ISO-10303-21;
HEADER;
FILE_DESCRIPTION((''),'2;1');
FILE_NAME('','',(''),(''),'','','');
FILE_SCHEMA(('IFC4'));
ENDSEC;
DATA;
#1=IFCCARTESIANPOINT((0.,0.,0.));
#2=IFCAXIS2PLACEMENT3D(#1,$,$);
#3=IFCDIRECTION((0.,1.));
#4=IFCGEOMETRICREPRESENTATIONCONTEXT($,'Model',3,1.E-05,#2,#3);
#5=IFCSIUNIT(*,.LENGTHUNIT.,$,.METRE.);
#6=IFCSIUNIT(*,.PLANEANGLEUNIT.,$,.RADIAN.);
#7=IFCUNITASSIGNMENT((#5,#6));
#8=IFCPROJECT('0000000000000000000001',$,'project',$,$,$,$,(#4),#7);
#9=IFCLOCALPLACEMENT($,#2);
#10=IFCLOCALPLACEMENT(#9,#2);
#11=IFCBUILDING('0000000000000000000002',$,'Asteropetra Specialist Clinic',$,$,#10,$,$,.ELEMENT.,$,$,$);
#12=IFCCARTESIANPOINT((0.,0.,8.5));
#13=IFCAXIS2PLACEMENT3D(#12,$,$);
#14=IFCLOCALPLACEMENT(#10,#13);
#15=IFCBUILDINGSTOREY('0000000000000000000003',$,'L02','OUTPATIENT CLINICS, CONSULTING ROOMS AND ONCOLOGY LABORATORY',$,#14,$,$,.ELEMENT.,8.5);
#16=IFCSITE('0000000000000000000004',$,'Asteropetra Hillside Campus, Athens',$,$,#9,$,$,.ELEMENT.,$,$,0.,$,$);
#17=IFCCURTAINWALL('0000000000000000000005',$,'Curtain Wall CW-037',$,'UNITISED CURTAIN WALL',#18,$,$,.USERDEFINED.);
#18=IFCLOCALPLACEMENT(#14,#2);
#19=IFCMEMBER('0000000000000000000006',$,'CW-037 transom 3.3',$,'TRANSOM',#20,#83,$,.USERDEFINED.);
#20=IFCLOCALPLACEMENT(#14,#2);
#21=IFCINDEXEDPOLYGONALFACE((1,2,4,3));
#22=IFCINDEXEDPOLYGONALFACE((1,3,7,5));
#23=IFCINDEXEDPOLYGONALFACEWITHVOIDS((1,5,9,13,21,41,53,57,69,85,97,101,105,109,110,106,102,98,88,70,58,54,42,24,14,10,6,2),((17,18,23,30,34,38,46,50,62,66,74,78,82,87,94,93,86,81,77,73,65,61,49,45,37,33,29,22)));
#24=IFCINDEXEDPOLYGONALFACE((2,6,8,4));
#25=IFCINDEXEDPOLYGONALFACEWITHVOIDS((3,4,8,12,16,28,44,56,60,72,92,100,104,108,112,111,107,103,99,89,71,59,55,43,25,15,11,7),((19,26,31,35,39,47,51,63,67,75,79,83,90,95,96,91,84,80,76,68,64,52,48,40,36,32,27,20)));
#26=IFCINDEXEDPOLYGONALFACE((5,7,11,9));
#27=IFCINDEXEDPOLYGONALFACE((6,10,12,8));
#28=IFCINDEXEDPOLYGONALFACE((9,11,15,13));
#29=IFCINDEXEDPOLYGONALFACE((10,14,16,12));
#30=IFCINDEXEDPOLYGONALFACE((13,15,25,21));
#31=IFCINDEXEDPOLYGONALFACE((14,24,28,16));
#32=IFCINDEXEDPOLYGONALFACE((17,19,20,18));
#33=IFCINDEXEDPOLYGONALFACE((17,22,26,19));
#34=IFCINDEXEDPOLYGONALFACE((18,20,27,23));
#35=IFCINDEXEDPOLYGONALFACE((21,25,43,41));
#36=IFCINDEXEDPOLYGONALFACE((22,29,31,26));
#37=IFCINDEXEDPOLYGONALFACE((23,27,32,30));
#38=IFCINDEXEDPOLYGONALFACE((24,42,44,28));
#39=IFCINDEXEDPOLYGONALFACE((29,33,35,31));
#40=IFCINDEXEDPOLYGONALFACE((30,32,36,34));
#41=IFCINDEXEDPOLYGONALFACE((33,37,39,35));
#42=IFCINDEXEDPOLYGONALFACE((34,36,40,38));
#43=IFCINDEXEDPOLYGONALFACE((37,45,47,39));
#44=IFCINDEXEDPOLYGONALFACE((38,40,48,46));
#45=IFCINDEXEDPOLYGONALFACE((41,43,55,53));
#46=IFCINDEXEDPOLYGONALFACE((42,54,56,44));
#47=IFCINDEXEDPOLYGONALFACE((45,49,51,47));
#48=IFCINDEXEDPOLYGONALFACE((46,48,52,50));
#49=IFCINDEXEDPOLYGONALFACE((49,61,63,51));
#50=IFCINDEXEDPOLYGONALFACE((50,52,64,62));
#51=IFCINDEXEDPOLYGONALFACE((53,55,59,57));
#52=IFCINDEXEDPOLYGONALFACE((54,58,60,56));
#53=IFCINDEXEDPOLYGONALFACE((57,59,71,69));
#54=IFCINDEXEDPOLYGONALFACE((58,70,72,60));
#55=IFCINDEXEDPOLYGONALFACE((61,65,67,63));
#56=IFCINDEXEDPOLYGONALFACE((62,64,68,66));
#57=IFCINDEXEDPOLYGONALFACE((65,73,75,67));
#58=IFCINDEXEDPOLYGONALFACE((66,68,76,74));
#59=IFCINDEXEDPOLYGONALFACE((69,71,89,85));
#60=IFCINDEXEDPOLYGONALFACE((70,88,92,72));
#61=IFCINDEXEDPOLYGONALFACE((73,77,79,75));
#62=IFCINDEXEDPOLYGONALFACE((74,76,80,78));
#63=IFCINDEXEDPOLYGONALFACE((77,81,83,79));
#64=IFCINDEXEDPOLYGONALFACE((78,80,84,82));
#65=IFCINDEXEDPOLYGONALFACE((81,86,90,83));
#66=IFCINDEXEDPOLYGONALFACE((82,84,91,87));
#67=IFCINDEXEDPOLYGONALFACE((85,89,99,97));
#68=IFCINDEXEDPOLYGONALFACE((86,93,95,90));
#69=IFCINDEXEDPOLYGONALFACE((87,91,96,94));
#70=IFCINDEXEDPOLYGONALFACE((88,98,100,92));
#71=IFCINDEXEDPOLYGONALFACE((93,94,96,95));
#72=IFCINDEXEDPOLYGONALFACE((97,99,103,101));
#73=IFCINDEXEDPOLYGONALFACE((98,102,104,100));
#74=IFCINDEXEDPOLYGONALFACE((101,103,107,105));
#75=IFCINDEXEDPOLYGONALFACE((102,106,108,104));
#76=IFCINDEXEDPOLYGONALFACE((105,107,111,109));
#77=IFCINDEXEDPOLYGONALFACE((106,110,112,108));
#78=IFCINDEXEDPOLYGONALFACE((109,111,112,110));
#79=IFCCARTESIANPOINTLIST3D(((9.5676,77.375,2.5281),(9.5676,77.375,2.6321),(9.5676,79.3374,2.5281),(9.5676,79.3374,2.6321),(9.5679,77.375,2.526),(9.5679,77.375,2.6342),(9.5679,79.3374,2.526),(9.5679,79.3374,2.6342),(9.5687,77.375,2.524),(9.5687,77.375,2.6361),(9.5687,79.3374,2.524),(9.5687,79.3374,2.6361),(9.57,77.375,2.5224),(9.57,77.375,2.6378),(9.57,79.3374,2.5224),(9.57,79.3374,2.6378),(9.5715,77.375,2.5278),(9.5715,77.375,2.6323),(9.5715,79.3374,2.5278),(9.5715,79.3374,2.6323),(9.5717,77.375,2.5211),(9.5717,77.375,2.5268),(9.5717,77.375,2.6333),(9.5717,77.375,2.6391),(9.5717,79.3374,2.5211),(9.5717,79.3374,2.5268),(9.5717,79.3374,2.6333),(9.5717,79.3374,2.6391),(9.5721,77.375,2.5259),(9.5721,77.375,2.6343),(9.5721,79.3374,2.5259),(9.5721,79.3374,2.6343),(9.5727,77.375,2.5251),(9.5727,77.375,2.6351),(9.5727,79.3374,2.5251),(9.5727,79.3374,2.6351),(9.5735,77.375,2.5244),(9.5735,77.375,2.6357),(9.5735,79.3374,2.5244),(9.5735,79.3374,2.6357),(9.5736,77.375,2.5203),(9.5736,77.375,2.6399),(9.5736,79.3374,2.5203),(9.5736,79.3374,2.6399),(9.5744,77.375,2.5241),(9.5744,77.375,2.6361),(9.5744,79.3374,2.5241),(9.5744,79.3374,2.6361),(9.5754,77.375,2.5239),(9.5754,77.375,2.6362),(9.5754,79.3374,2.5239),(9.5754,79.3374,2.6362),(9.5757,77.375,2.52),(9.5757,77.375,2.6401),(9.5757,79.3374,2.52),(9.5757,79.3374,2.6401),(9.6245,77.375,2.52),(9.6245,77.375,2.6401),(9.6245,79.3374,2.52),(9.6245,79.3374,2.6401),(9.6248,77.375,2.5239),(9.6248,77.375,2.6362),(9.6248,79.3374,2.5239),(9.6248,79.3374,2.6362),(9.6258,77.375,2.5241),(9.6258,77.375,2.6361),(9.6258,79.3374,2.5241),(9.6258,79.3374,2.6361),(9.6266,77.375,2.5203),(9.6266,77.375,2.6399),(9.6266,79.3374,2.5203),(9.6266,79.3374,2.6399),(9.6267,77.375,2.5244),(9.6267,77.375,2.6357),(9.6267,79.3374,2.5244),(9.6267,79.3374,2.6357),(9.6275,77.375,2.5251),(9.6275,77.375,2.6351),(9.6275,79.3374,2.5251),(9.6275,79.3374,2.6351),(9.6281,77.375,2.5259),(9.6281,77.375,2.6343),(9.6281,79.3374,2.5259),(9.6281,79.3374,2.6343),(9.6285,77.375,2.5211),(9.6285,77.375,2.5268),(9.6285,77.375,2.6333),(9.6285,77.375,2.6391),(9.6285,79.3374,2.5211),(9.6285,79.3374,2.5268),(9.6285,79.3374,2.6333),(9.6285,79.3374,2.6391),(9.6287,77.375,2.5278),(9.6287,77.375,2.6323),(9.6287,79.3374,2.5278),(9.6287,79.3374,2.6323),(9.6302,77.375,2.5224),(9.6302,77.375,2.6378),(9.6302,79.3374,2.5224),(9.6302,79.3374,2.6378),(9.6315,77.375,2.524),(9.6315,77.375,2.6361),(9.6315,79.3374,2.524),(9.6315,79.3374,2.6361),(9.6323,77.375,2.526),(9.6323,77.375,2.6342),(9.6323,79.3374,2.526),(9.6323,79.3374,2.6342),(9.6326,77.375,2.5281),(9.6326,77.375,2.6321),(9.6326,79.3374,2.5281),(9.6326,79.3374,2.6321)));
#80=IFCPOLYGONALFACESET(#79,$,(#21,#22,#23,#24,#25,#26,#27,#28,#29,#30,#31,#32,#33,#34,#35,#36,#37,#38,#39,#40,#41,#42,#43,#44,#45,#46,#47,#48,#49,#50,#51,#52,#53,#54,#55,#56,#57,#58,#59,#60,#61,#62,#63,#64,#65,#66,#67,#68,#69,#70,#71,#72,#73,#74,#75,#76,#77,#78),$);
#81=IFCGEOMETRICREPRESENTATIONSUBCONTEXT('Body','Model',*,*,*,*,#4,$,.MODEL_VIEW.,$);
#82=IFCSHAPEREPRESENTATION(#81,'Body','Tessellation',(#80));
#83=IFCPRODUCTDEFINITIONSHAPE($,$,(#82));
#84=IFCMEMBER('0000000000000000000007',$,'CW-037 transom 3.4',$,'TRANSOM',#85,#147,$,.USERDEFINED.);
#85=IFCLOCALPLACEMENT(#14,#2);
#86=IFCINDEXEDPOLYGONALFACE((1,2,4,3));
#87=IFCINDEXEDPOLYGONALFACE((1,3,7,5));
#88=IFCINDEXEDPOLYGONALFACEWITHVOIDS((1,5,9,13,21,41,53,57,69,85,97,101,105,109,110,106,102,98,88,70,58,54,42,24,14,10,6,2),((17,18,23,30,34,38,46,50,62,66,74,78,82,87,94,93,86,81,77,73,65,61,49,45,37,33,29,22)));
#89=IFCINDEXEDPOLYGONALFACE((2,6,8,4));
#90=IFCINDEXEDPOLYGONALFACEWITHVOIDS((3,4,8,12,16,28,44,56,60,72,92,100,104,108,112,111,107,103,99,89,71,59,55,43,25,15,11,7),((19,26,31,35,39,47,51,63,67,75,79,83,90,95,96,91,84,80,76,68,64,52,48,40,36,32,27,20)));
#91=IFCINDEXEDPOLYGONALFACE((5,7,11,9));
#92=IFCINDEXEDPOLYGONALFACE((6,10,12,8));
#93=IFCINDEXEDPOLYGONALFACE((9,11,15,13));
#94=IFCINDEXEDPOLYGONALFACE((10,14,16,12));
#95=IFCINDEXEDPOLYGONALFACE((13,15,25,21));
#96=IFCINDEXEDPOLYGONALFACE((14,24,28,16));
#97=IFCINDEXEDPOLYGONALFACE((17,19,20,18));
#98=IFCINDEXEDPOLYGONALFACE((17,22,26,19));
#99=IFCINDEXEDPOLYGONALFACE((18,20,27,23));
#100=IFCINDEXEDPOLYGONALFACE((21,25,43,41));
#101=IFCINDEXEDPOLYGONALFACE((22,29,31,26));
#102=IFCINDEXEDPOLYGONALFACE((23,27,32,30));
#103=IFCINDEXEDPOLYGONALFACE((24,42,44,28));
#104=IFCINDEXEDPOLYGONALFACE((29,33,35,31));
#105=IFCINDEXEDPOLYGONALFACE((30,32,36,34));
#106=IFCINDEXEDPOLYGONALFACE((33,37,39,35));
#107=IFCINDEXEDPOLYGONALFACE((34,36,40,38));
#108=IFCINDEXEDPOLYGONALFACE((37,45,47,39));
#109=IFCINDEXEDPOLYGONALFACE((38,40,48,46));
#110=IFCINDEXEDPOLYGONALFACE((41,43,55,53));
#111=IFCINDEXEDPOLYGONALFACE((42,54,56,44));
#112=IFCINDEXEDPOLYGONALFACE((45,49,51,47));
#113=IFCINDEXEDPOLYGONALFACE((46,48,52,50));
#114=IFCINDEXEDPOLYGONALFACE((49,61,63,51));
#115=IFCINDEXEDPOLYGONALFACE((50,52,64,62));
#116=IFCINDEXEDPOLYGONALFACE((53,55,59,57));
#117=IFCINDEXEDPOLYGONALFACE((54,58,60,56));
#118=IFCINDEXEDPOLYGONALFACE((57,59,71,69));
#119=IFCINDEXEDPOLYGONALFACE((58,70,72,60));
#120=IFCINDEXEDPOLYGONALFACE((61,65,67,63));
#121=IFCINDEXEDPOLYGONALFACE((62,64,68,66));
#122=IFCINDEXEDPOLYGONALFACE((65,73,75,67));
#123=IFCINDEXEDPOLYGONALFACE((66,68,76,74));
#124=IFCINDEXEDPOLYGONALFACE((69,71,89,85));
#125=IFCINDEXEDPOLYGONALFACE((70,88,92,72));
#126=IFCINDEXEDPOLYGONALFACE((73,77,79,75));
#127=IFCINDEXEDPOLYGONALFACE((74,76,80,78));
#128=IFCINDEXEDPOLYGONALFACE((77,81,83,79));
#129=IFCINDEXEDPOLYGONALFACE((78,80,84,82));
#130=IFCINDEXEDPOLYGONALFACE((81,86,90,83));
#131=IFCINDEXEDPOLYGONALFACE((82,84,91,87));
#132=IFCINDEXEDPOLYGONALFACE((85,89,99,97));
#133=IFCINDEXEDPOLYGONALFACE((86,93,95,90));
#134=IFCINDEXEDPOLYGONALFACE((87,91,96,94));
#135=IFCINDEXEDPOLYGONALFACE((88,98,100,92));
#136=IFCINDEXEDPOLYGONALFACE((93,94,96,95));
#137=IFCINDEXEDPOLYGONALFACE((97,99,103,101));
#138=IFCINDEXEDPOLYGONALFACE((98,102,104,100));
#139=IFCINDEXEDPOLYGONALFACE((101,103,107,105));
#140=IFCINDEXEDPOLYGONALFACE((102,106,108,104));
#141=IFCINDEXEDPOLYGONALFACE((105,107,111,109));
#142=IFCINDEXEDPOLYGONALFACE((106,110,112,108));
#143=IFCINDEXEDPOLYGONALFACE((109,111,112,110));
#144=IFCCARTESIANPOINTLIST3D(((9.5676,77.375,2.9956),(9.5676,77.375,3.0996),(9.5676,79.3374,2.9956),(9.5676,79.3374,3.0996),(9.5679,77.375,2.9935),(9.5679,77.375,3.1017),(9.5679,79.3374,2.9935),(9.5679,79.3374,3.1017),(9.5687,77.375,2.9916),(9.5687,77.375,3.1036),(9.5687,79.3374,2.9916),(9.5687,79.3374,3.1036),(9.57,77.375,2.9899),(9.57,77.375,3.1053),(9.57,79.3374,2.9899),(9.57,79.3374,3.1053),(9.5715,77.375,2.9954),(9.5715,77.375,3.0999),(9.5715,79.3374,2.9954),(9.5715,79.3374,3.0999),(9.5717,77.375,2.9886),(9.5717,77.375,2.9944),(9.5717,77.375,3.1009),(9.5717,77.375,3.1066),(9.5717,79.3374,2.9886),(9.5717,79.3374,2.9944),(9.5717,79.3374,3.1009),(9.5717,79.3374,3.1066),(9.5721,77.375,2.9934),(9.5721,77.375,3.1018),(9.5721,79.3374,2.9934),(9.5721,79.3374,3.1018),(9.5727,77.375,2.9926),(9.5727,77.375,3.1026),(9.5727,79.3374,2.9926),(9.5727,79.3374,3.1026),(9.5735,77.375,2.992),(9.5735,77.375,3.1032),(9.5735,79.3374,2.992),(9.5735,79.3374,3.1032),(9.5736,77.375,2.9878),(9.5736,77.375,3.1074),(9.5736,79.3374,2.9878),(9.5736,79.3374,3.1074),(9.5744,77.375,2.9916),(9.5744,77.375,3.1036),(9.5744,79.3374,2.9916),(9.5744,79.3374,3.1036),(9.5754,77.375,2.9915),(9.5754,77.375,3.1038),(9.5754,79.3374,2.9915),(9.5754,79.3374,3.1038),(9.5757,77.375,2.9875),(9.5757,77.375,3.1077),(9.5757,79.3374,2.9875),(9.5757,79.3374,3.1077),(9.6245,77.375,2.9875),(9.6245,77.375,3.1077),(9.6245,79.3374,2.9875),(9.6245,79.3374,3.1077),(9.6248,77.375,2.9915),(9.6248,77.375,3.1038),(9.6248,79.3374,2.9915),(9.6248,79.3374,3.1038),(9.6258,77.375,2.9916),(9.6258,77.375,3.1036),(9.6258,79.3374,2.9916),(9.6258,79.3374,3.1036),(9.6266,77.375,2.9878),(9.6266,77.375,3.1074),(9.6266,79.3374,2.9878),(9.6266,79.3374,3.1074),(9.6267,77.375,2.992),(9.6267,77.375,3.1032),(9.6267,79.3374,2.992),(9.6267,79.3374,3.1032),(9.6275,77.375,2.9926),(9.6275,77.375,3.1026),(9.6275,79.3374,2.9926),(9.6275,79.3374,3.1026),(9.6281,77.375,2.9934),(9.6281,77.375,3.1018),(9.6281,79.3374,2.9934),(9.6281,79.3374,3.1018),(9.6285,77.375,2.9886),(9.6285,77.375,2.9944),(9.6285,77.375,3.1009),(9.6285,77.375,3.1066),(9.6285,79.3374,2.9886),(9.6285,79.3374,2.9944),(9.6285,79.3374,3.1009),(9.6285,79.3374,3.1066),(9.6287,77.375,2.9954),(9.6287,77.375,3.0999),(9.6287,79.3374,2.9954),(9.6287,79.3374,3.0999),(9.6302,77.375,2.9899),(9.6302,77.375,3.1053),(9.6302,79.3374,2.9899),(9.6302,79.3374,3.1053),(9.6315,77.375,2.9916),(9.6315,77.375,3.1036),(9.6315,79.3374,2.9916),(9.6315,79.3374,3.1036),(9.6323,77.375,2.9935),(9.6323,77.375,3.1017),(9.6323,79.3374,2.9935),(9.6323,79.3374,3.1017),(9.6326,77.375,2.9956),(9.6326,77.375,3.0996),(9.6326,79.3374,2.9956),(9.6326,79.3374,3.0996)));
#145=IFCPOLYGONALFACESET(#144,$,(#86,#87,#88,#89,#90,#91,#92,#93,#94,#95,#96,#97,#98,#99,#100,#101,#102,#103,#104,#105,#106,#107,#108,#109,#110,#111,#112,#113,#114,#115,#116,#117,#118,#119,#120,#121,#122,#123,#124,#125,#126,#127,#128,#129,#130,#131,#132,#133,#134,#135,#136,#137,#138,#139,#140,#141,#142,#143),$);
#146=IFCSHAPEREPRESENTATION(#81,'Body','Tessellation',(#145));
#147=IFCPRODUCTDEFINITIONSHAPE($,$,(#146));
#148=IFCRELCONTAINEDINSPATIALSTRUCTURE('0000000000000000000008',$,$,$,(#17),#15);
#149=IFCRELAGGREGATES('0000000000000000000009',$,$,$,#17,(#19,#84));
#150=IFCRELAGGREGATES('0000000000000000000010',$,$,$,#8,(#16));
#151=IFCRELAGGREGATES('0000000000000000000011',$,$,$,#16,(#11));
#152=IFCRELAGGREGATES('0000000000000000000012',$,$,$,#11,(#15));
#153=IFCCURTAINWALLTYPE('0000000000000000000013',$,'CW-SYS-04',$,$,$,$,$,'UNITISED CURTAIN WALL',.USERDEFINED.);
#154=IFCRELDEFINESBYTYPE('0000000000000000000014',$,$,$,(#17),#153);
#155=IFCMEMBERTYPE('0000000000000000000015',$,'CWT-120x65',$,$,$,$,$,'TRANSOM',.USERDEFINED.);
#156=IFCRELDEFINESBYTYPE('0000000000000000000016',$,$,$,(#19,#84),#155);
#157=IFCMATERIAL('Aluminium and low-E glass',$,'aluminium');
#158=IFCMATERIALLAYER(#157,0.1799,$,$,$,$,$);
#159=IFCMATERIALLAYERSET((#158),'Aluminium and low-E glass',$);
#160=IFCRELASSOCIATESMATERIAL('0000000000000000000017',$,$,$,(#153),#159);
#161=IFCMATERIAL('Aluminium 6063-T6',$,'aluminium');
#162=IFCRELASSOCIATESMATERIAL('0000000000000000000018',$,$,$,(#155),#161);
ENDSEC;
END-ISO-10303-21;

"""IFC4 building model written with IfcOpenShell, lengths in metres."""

from ifc_helpers import new_model, si_unit, direction, frame, origin, origin_2d, place, context, subcontext, project, spatial, hollow_rectangle, extrude, material, layer, layer_set, material_profile, profile_set, type_object, element, aggregate, save


model = new_model("IFC4")

# Units and contexts
model_context = context("Model", 3, precision=1e-05, world=origin(), true_north=direction((0.0, 1.0)))
body_context = subcontext(model_context, "Body", "Model", "MODEL_VIEW")
ifc_project = project(units=[si_unit("LENGTHUNIT", "METRE"), si_unit("PLANEANGLEUNIT", "RADIAN")], contexts=[model_context])

# Site, building, storey
site_placement = place(None, origin())
site = spatial("IfcSite", under=ifc_project, at=site_placement, Name="Asteropetra Hillside Campus, Athens", CompositionType="ELEMENT", RefElevation=0.0)
building_placement = place(site_placement, origin())
building = spatial("IfcBuilding", under=site, at=building_placement, Name="Asteropetra Specialist Clinic", CompositionType="ELEMENT")
storey_placement = place(building_placement, frame((0.0, 0.0, 8.5)))
storey = spatial("IfcBuildingStorey", under=building, at=storey_placement, Name="L02", Description="OUTPATIENT CLINICS, CONSULTING ROOMS AND ONCOLOGY LABORATORY", CompositionType="ELEMENT", Elevation=8.5)

# Curtain wall, members
ifc_material_1 = material(Name="Aluminium and low-E glass", Category="aluminium")
ifc_layer_1 = layer(ifc_material_1, 0.1799)
ifc_layer_set_1 = layer_set([ifc_layer_1], Name="Aluminium and low-E glass")
curtain_wall_type_1 = type_object("IfcCurtainWallType", Name="CW-SYS-04", ElementType="UNITISED CURTAIN WALL", PredefinedType="USERDEFINED", material=ifc_layer_set_1)
curtain_wall_1_placement = place(storey_placement, origin())
curtain_wall_1 = element("IfcCurtainWall", 1, at=curtain_wall_1_placement, inside=storey, type_object=curtain_wall_type_1, Name="Curtain Wall CW-037", ObjectType="UNITISED CURTAIN WALL", PredefinedType="USERDEFINED")
ifc_material_2 = material(Name="Aluminium 6063-T6", Category="aluminium")
ifc_material_profile_1 = material_profile(ifc_material_2, hollow_rectangle(XDim=0.0649, YDim=0.1201, WallThickness=0.0039, InnerFilletRadius=0.0039, OuterFilletRadius=0.0081, at=origin_2d()), Name="TRN 120x65x4.0")
ifc_profile_set_1 = profile_set([ifc_material_profile_1], Name="Aluminium 6063-T6")
member_type_1 = type_object("IfcMemberType", Name="CWT-120x65", ElementType="TRANSOM", PredefinedType="USERDEFINED", material=ifc_profile_set_1)
member_1_placement = place(storey_placement, frame((9.6001, 79.3374, 2.5801), z_axis=(0.0, -1.0, 0.0), x_axis=(1.0, 0.0, 0.0)))
member_1 = element("IfcMember", 2, at=member_1_placement, type_object=member_type_1, Name="CW-037 transom 3.3", ObjectType="TRANSOM", PredefinedType="USERDEFINED", context=body_context, shape_type="SweptSolid", body=[
    extrude(hollow_rectangle(XDim=0.0649, YDim=0.1201, WallThickness=0.0039, InnerFilletRadius=0.0039, OuterFilletRadius=0.0081, at=origin_2d()), origin(), (0.0, 0.0, 1.0), 1.9624),
])
member_2_placement = place(storey_placement, frame((9.6001, 79.3374, 3.0476), z_axis=(0.0, -1.0, 0.0), x_axis=(1.0, 0.0, 0.0)))
member_2 = element("IfcMember", 3, at=member_2_placement, type_object=member_type_1, Name="CW-037 transom 3.4", ObjectType="TRANSOM", PredefinedType="USERDEFINED", context=body_context, shape_type="SweptSolid", body=[
    extrude(hollow_rectangle(XDim=0.0649, YDim=0.1201, WallThickness=0.0039, InnerFilletRadius=0.0039, OuterFilletRadius=0.0081, at=origin_2d()), origin(), (0.0, 0.0, 1.0), 1.9624),
])

aggregate(curtain_wall_1, [member_1, member_2])

save(model, "model.ifc")
